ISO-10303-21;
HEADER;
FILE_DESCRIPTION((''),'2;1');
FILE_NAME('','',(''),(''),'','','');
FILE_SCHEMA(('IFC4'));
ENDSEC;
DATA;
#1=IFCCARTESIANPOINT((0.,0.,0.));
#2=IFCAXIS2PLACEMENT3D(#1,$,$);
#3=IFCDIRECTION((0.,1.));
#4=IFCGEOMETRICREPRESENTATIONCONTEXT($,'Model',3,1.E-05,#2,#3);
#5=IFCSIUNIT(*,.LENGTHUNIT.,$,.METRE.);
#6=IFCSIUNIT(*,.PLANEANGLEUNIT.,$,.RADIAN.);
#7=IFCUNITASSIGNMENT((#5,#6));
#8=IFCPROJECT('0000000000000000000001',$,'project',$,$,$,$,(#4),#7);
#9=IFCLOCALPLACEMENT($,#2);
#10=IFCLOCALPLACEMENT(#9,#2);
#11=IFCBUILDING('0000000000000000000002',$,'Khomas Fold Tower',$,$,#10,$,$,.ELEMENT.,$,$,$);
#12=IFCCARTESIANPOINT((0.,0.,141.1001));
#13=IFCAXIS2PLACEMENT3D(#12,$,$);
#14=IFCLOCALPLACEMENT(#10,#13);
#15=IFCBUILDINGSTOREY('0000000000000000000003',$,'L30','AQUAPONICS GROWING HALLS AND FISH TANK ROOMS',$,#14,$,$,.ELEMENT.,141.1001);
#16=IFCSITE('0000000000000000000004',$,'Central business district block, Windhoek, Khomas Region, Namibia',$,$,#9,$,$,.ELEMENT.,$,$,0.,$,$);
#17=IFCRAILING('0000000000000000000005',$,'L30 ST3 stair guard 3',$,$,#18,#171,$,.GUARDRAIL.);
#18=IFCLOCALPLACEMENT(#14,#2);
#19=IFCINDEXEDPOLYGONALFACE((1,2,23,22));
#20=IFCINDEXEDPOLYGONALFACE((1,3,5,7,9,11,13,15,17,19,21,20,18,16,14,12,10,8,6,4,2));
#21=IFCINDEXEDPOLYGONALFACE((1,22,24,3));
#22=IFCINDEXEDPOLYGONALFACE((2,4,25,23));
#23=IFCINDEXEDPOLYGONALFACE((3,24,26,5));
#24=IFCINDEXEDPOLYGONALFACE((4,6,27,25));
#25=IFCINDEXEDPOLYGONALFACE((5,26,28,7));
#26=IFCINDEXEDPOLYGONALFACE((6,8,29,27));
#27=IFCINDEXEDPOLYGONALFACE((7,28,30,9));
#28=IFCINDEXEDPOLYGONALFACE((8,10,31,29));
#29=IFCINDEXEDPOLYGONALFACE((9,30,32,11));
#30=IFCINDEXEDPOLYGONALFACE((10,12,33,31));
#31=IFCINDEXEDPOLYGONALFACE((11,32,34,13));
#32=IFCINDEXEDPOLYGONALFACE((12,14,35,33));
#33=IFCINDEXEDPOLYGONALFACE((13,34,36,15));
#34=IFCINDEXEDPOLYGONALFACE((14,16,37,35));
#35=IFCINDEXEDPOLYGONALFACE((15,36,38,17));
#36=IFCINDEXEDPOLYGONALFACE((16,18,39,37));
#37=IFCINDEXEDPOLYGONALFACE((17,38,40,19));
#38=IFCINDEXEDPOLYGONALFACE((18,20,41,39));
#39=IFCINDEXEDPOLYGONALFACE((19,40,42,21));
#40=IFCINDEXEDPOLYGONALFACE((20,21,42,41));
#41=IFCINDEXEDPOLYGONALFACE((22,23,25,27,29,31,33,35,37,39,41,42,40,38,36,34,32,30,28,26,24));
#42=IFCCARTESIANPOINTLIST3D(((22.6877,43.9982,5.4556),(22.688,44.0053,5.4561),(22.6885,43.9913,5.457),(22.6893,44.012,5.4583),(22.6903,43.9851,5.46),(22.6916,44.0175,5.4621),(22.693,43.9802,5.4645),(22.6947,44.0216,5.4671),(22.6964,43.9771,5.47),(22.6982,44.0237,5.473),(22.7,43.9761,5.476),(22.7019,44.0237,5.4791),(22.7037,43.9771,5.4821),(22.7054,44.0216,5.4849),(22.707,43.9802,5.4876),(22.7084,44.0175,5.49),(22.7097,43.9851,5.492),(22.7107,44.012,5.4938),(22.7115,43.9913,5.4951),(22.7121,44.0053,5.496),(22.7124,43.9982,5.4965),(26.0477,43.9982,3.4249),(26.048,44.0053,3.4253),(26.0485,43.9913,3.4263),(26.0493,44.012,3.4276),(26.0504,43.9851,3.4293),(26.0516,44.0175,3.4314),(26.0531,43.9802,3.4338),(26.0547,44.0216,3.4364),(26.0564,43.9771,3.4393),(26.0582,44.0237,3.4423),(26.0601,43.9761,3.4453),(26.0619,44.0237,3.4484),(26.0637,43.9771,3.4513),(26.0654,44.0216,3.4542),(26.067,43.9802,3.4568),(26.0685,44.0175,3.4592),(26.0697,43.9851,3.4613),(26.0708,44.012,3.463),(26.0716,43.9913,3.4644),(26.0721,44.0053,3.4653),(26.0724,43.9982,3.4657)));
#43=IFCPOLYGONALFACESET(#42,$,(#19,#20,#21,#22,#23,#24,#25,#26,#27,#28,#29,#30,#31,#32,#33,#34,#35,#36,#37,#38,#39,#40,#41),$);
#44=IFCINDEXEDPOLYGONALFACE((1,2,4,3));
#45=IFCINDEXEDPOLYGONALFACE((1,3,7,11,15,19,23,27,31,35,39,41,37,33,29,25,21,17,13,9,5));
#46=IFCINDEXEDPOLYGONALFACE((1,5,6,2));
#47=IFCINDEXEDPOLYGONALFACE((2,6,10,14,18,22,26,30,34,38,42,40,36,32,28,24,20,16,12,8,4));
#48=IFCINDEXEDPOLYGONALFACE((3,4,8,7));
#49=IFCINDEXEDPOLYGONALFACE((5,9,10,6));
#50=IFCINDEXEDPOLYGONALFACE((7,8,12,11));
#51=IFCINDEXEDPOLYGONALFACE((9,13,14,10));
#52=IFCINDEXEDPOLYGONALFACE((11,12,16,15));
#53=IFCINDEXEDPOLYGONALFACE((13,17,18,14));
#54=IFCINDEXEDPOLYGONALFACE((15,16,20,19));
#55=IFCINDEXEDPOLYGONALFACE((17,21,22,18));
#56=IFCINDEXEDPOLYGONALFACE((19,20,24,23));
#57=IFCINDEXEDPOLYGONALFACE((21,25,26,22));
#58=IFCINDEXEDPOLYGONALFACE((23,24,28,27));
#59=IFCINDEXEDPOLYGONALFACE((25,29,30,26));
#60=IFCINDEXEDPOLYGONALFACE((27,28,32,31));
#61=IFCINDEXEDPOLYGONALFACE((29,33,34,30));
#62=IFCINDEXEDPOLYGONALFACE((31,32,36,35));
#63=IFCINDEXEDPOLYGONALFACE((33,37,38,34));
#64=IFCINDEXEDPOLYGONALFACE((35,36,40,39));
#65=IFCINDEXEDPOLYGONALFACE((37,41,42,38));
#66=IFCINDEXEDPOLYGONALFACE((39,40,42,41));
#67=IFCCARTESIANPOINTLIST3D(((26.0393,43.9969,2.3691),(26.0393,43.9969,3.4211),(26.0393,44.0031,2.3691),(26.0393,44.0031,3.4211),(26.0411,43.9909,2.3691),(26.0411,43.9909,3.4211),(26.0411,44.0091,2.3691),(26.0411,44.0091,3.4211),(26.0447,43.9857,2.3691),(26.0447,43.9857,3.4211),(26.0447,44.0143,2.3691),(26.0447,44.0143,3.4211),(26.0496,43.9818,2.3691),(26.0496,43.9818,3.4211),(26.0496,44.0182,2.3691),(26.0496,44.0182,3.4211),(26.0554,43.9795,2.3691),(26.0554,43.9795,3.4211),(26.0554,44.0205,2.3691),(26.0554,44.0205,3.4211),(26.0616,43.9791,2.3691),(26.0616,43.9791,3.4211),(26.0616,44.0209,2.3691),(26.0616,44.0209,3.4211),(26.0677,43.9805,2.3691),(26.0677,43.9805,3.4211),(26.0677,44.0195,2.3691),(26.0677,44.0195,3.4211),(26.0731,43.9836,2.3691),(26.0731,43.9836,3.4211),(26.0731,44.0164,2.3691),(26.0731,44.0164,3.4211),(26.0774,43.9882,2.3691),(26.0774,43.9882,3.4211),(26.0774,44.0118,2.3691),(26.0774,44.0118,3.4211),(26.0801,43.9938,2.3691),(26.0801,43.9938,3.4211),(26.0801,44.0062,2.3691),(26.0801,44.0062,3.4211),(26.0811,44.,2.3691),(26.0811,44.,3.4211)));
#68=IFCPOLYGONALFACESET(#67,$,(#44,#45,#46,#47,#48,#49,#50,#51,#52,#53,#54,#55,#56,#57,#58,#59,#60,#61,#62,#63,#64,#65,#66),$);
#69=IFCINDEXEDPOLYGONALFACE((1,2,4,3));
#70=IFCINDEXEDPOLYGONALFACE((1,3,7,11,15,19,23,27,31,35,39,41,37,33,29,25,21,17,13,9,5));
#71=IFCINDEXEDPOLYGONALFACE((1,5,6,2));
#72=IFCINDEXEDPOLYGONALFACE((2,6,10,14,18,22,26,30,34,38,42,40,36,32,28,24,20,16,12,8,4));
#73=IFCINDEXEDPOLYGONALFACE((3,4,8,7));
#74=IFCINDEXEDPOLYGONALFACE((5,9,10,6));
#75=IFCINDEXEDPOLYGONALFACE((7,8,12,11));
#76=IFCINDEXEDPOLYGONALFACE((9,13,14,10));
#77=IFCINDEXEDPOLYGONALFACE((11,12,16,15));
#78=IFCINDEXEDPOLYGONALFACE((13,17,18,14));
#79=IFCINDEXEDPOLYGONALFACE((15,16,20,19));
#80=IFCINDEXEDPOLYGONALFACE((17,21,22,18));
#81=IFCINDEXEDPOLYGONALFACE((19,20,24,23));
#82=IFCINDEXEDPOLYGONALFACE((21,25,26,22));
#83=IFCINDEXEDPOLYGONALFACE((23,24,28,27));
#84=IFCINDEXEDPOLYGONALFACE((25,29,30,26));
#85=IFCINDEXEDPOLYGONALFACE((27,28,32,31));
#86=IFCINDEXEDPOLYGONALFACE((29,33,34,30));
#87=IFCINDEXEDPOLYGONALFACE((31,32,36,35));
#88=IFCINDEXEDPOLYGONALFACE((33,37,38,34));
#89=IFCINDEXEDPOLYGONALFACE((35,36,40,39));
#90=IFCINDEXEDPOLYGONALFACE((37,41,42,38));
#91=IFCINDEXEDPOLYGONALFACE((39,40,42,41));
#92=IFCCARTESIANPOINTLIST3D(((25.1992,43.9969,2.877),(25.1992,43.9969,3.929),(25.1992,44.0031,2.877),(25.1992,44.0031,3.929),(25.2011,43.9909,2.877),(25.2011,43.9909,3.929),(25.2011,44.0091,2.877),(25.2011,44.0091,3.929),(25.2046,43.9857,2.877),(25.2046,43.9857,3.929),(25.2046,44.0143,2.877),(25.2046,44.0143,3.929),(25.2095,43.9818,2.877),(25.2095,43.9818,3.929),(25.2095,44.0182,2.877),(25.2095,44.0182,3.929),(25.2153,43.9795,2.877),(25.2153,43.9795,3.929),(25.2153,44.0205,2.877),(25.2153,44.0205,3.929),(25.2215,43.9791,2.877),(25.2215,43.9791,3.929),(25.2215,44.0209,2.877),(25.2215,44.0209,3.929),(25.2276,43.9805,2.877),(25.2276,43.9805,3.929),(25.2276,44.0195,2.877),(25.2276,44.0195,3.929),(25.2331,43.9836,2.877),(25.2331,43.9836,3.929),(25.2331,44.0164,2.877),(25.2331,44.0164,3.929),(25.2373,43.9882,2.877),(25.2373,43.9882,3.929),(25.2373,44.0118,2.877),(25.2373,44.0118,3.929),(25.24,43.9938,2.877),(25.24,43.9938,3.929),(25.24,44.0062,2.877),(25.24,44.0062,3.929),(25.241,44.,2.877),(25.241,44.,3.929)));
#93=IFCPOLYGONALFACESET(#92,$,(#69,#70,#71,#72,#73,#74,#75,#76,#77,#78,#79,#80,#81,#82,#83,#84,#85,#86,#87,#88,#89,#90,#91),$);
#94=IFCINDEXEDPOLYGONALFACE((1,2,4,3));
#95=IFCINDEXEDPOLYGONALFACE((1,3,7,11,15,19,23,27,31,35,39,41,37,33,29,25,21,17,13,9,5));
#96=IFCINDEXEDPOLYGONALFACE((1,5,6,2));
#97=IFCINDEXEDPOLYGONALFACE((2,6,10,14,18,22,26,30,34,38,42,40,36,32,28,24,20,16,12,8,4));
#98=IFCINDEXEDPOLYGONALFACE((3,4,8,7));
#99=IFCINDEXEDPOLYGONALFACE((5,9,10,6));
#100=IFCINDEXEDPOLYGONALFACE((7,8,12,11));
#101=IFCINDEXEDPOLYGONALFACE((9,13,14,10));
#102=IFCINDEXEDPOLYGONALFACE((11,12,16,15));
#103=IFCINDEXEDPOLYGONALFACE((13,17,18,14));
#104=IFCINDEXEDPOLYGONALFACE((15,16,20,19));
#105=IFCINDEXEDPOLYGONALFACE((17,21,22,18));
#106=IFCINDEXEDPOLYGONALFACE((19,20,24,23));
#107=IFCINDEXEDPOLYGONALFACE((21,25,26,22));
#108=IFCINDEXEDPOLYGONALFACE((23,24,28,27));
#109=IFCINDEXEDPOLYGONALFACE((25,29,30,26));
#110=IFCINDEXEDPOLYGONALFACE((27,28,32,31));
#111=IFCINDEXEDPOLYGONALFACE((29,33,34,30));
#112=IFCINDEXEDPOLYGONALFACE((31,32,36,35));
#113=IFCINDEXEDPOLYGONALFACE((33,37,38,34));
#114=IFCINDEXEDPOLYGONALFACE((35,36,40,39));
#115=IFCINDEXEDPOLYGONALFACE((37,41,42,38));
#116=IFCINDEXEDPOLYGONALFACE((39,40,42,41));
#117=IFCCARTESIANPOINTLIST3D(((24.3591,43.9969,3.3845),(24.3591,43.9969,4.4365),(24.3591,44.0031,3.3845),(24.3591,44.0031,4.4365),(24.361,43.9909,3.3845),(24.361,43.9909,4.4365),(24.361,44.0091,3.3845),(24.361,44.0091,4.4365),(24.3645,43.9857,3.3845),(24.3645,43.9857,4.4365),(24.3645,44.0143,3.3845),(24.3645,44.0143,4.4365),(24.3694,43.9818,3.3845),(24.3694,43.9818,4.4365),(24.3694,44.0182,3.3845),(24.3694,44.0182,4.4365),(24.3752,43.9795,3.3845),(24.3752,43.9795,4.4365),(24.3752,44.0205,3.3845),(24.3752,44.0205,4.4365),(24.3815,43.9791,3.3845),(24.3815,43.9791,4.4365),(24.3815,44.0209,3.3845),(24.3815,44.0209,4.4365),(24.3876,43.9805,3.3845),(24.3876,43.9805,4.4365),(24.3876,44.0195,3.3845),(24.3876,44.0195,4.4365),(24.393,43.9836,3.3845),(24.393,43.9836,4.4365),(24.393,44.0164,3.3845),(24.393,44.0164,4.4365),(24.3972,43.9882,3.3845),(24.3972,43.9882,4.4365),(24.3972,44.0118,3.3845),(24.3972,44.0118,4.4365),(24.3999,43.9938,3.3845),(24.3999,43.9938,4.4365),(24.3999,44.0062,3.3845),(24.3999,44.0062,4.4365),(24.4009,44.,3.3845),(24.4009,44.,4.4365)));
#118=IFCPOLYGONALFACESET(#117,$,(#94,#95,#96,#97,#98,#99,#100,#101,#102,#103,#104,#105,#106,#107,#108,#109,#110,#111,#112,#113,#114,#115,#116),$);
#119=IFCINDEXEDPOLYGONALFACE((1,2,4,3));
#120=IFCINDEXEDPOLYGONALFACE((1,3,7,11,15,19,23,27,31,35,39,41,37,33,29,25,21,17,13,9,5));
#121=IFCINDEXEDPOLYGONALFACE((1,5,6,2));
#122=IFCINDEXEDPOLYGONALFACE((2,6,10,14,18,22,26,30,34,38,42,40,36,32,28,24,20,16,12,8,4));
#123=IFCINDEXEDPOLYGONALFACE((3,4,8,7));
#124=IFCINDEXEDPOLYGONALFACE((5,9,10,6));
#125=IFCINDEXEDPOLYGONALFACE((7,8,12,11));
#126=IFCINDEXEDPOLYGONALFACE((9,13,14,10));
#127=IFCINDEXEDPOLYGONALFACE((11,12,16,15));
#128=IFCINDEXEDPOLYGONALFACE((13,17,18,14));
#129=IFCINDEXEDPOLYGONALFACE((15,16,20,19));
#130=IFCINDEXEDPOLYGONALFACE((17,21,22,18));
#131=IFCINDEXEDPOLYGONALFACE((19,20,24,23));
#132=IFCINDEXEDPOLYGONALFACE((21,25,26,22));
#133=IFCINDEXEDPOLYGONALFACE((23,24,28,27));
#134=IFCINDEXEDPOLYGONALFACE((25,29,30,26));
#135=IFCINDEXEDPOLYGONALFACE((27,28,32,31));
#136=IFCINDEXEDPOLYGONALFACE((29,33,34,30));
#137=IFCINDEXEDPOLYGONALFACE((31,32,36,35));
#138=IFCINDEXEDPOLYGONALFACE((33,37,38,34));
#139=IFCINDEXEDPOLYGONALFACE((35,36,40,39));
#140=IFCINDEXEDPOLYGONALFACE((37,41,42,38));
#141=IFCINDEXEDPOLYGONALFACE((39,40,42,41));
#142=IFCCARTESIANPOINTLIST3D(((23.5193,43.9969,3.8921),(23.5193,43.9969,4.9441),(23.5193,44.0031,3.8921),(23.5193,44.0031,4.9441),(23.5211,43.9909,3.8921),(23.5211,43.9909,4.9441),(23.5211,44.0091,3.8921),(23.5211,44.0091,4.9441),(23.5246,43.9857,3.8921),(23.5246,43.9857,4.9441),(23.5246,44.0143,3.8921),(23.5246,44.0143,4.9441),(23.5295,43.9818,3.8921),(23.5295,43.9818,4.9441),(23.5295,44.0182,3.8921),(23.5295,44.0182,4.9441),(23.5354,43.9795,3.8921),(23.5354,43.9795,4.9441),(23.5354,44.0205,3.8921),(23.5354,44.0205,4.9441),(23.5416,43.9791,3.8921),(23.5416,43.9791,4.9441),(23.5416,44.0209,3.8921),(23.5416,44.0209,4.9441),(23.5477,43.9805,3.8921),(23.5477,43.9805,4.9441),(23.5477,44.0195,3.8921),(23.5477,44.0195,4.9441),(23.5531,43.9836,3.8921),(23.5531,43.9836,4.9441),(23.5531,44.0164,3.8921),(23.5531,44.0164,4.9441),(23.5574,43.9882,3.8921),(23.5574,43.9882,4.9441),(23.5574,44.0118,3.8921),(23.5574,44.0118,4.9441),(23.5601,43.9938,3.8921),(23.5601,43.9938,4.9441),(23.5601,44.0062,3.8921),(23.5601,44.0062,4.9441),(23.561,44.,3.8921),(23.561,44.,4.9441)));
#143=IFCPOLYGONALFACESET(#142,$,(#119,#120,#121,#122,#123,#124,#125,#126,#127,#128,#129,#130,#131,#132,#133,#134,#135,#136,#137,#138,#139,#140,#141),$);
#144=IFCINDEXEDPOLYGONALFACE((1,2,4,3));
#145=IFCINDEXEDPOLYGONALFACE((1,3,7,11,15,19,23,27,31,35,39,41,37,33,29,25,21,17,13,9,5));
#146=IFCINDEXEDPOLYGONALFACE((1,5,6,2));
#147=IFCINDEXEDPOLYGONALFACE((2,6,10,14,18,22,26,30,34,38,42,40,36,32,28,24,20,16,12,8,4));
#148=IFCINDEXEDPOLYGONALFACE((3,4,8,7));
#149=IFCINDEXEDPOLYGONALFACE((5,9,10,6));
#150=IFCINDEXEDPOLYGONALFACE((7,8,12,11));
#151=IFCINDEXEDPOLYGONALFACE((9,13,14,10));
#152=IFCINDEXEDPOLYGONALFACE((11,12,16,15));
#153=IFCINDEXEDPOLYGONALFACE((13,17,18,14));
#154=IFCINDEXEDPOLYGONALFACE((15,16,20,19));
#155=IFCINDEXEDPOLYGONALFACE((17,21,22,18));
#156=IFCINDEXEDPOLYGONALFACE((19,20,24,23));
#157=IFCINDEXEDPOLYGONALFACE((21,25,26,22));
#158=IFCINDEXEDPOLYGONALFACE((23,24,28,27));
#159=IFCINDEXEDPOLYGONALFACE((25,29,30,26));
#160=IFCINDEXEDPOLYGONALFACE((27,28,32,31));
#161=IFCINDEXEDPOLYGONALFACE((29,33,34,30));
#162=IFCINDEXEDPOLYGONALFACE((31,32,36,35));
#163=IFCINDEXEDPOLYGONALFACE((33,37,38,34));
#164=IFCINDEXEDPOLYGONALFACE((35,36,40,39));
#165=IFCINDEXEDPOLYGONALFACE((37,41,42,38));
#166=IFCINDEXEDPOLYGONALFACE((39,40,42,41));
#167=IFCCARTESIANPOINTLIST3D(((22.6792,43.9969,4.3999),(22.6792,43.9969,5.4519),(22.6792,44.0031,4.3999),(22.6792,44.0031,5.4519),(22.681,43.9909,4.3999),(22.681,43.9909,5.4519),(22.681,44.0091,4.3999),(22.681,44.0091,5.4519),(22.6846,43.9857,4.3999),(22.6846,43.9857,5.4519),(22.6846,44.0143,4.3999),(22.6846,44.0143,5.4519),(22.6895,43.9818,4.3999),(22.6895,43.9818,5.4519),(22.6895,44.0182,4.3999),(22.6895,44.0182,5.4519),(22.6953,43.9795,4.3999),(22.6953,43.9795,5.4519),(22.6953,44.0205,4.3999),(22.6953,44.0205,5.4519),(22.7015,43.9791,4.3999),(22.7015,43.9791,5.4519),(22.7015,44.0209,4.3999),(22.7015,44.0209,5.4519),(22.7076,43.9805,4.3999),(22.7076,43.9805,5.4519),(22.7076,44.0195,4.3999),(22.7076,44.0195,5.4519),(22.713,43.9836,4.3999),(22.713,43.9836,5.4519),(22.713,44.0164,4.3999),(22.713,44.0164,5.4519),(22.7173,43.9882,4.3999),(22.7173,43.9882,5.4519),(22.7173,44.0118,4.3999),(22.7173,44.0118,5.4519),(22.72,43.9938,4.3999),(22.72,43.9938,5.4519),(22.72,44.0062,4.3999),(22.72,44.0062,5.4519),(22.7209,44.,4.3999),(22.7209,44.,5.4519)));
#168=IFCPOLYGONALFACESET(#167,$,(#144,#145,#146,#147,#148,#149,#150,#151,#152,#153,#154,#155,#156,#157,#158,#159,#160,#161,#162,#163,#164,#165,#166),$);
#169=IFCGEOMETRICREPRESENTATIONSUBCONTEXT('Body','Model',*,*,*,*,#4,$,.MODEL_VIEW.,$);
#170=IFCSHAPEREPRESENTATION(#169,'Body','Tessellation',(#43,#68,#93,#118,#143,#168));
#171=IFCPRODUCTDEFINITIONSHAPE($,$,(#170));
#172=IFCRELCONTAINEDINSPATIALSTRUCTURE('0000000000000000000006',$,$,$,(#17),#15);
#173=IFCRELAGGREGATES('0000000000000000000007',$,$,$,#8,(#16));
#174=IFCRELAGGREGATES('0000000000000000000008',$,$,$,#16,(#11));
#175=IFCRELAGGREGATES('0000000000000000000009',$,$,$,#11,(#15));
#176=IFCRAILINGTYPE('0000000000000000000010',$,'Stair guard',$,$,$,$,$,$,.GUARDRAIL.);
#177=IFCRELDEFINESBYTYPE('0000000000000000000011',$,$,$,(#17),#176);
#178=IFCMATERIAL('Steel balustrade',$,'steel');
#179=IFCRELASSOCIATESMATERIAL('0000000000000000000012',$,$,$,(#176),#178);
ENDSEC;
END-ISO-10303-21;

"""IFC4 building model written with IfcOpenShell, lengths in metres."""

from ifc_helpers import new_model, si_unit, direction, frame, origin, origin_2d, place, context, subcontext, project, spatial, circle, extrude, source, transform, mapped, material, type_object, element, save


model = new_model("IFC4")

# Units and contexts
model_context = context("Model", 3, precision=1e-05, world=origin(), true_north=direction((0.0, 1.0)))
body_context = subcontext(model_context, "Body", "Model", "MODEL_VIEW")
ifc_project = project(units=[si_unit("LENGTHUNIT", "METRE"), si_unit("PLANEANGLEUNIT", "RADIAN")], contexts=[model_context])

# Site, building, storey
site_placement = place(None, origin())
site = spatial("IfcSite", under=ifc_project, at=site_placement, Name="Central business district block, Windhoek, Khomas Region, Namibia", CompositionType="ELEMENT", RefElevation=0.0)
building_placement = place(site_placement, origin())
building = spatial("IfcBuilding", under=site, at=building_placement, Name="Khomas Fold Tower", CompositionType="ELEMENT")
storey_placement = place(building_placement, frame((0.0, 0.0, 141.1001)))
storey = spatial("IfcBuildingStorey", under=building, at=storey_placement, Name="L30", Description="AQUAPONICS GROWING HALLS AND FISH TANK ROOMS", CompositionType="ELEMENT", Elevation=141.1001)

# Railing
ifc_material_1 = material(Name="Steel balustrade", Category="steel")
railing_type_1 = type_object("IfcRailingType", Name="Stair guard", PredefinedType="GUARDRAIL", material=ifc_material_1)
shared_shape_1 = source(origin(), body_context, "Body", "SweptSolid", [
    extrude(circle(Radius=0.0239, at=origin_2d()), frame((0.0, 0.0, 1.0762), z_axis=(-0.855837, 0.0, 0.517246), x_axis=(0.0, -1.0, 0.0)), (0.0, 0.0, 1.0), 3.926),
    extrude(circle(Radius=0.021, at=origin_2d()), origin(), (0.0, 0.0, 1.0), 1.052),
    extrude(circle(Radius=0.021, at=origin_2d()), frame((-0.8401, 0.0, 0.5078)), (0.0, 0.0, 1.0), 1.052),
    extrude(circle(Radius=0.021, at=origin_2d()), frame((-1.6802, 0.0, 1.0154)), (0.0, 0.0, 1.0), 1.052),
    extrude(circle(Radius=0.021, at=origin_2d()), frame((-2.52, 0.0, 1.5229)), (0.0, 0.0, 1.0), 1.052),
    extrude(circle(Radius=0.021, at=origin_2d()), frame((-3.3601, 0.0, 2.0308)), (0.0, 0.0, 1.0), 1.052),
])
railing_1_placement = place(storey_placement, frame((26.0601, 44.0, 2.3691)))
element("IfcRailing", 1, at=railing_1_placement, inside=storey, type_object=railing_type_1, Name="L30 ST3 stair guard 3", PredefinedType="GUARDRAIL", context=body_context, shape_type="MappedRepresentation", body=[
    mapped(shared_shape_1, transform((0.0, 0.0, 0.0))),
])

save(model, "model.ifc")
